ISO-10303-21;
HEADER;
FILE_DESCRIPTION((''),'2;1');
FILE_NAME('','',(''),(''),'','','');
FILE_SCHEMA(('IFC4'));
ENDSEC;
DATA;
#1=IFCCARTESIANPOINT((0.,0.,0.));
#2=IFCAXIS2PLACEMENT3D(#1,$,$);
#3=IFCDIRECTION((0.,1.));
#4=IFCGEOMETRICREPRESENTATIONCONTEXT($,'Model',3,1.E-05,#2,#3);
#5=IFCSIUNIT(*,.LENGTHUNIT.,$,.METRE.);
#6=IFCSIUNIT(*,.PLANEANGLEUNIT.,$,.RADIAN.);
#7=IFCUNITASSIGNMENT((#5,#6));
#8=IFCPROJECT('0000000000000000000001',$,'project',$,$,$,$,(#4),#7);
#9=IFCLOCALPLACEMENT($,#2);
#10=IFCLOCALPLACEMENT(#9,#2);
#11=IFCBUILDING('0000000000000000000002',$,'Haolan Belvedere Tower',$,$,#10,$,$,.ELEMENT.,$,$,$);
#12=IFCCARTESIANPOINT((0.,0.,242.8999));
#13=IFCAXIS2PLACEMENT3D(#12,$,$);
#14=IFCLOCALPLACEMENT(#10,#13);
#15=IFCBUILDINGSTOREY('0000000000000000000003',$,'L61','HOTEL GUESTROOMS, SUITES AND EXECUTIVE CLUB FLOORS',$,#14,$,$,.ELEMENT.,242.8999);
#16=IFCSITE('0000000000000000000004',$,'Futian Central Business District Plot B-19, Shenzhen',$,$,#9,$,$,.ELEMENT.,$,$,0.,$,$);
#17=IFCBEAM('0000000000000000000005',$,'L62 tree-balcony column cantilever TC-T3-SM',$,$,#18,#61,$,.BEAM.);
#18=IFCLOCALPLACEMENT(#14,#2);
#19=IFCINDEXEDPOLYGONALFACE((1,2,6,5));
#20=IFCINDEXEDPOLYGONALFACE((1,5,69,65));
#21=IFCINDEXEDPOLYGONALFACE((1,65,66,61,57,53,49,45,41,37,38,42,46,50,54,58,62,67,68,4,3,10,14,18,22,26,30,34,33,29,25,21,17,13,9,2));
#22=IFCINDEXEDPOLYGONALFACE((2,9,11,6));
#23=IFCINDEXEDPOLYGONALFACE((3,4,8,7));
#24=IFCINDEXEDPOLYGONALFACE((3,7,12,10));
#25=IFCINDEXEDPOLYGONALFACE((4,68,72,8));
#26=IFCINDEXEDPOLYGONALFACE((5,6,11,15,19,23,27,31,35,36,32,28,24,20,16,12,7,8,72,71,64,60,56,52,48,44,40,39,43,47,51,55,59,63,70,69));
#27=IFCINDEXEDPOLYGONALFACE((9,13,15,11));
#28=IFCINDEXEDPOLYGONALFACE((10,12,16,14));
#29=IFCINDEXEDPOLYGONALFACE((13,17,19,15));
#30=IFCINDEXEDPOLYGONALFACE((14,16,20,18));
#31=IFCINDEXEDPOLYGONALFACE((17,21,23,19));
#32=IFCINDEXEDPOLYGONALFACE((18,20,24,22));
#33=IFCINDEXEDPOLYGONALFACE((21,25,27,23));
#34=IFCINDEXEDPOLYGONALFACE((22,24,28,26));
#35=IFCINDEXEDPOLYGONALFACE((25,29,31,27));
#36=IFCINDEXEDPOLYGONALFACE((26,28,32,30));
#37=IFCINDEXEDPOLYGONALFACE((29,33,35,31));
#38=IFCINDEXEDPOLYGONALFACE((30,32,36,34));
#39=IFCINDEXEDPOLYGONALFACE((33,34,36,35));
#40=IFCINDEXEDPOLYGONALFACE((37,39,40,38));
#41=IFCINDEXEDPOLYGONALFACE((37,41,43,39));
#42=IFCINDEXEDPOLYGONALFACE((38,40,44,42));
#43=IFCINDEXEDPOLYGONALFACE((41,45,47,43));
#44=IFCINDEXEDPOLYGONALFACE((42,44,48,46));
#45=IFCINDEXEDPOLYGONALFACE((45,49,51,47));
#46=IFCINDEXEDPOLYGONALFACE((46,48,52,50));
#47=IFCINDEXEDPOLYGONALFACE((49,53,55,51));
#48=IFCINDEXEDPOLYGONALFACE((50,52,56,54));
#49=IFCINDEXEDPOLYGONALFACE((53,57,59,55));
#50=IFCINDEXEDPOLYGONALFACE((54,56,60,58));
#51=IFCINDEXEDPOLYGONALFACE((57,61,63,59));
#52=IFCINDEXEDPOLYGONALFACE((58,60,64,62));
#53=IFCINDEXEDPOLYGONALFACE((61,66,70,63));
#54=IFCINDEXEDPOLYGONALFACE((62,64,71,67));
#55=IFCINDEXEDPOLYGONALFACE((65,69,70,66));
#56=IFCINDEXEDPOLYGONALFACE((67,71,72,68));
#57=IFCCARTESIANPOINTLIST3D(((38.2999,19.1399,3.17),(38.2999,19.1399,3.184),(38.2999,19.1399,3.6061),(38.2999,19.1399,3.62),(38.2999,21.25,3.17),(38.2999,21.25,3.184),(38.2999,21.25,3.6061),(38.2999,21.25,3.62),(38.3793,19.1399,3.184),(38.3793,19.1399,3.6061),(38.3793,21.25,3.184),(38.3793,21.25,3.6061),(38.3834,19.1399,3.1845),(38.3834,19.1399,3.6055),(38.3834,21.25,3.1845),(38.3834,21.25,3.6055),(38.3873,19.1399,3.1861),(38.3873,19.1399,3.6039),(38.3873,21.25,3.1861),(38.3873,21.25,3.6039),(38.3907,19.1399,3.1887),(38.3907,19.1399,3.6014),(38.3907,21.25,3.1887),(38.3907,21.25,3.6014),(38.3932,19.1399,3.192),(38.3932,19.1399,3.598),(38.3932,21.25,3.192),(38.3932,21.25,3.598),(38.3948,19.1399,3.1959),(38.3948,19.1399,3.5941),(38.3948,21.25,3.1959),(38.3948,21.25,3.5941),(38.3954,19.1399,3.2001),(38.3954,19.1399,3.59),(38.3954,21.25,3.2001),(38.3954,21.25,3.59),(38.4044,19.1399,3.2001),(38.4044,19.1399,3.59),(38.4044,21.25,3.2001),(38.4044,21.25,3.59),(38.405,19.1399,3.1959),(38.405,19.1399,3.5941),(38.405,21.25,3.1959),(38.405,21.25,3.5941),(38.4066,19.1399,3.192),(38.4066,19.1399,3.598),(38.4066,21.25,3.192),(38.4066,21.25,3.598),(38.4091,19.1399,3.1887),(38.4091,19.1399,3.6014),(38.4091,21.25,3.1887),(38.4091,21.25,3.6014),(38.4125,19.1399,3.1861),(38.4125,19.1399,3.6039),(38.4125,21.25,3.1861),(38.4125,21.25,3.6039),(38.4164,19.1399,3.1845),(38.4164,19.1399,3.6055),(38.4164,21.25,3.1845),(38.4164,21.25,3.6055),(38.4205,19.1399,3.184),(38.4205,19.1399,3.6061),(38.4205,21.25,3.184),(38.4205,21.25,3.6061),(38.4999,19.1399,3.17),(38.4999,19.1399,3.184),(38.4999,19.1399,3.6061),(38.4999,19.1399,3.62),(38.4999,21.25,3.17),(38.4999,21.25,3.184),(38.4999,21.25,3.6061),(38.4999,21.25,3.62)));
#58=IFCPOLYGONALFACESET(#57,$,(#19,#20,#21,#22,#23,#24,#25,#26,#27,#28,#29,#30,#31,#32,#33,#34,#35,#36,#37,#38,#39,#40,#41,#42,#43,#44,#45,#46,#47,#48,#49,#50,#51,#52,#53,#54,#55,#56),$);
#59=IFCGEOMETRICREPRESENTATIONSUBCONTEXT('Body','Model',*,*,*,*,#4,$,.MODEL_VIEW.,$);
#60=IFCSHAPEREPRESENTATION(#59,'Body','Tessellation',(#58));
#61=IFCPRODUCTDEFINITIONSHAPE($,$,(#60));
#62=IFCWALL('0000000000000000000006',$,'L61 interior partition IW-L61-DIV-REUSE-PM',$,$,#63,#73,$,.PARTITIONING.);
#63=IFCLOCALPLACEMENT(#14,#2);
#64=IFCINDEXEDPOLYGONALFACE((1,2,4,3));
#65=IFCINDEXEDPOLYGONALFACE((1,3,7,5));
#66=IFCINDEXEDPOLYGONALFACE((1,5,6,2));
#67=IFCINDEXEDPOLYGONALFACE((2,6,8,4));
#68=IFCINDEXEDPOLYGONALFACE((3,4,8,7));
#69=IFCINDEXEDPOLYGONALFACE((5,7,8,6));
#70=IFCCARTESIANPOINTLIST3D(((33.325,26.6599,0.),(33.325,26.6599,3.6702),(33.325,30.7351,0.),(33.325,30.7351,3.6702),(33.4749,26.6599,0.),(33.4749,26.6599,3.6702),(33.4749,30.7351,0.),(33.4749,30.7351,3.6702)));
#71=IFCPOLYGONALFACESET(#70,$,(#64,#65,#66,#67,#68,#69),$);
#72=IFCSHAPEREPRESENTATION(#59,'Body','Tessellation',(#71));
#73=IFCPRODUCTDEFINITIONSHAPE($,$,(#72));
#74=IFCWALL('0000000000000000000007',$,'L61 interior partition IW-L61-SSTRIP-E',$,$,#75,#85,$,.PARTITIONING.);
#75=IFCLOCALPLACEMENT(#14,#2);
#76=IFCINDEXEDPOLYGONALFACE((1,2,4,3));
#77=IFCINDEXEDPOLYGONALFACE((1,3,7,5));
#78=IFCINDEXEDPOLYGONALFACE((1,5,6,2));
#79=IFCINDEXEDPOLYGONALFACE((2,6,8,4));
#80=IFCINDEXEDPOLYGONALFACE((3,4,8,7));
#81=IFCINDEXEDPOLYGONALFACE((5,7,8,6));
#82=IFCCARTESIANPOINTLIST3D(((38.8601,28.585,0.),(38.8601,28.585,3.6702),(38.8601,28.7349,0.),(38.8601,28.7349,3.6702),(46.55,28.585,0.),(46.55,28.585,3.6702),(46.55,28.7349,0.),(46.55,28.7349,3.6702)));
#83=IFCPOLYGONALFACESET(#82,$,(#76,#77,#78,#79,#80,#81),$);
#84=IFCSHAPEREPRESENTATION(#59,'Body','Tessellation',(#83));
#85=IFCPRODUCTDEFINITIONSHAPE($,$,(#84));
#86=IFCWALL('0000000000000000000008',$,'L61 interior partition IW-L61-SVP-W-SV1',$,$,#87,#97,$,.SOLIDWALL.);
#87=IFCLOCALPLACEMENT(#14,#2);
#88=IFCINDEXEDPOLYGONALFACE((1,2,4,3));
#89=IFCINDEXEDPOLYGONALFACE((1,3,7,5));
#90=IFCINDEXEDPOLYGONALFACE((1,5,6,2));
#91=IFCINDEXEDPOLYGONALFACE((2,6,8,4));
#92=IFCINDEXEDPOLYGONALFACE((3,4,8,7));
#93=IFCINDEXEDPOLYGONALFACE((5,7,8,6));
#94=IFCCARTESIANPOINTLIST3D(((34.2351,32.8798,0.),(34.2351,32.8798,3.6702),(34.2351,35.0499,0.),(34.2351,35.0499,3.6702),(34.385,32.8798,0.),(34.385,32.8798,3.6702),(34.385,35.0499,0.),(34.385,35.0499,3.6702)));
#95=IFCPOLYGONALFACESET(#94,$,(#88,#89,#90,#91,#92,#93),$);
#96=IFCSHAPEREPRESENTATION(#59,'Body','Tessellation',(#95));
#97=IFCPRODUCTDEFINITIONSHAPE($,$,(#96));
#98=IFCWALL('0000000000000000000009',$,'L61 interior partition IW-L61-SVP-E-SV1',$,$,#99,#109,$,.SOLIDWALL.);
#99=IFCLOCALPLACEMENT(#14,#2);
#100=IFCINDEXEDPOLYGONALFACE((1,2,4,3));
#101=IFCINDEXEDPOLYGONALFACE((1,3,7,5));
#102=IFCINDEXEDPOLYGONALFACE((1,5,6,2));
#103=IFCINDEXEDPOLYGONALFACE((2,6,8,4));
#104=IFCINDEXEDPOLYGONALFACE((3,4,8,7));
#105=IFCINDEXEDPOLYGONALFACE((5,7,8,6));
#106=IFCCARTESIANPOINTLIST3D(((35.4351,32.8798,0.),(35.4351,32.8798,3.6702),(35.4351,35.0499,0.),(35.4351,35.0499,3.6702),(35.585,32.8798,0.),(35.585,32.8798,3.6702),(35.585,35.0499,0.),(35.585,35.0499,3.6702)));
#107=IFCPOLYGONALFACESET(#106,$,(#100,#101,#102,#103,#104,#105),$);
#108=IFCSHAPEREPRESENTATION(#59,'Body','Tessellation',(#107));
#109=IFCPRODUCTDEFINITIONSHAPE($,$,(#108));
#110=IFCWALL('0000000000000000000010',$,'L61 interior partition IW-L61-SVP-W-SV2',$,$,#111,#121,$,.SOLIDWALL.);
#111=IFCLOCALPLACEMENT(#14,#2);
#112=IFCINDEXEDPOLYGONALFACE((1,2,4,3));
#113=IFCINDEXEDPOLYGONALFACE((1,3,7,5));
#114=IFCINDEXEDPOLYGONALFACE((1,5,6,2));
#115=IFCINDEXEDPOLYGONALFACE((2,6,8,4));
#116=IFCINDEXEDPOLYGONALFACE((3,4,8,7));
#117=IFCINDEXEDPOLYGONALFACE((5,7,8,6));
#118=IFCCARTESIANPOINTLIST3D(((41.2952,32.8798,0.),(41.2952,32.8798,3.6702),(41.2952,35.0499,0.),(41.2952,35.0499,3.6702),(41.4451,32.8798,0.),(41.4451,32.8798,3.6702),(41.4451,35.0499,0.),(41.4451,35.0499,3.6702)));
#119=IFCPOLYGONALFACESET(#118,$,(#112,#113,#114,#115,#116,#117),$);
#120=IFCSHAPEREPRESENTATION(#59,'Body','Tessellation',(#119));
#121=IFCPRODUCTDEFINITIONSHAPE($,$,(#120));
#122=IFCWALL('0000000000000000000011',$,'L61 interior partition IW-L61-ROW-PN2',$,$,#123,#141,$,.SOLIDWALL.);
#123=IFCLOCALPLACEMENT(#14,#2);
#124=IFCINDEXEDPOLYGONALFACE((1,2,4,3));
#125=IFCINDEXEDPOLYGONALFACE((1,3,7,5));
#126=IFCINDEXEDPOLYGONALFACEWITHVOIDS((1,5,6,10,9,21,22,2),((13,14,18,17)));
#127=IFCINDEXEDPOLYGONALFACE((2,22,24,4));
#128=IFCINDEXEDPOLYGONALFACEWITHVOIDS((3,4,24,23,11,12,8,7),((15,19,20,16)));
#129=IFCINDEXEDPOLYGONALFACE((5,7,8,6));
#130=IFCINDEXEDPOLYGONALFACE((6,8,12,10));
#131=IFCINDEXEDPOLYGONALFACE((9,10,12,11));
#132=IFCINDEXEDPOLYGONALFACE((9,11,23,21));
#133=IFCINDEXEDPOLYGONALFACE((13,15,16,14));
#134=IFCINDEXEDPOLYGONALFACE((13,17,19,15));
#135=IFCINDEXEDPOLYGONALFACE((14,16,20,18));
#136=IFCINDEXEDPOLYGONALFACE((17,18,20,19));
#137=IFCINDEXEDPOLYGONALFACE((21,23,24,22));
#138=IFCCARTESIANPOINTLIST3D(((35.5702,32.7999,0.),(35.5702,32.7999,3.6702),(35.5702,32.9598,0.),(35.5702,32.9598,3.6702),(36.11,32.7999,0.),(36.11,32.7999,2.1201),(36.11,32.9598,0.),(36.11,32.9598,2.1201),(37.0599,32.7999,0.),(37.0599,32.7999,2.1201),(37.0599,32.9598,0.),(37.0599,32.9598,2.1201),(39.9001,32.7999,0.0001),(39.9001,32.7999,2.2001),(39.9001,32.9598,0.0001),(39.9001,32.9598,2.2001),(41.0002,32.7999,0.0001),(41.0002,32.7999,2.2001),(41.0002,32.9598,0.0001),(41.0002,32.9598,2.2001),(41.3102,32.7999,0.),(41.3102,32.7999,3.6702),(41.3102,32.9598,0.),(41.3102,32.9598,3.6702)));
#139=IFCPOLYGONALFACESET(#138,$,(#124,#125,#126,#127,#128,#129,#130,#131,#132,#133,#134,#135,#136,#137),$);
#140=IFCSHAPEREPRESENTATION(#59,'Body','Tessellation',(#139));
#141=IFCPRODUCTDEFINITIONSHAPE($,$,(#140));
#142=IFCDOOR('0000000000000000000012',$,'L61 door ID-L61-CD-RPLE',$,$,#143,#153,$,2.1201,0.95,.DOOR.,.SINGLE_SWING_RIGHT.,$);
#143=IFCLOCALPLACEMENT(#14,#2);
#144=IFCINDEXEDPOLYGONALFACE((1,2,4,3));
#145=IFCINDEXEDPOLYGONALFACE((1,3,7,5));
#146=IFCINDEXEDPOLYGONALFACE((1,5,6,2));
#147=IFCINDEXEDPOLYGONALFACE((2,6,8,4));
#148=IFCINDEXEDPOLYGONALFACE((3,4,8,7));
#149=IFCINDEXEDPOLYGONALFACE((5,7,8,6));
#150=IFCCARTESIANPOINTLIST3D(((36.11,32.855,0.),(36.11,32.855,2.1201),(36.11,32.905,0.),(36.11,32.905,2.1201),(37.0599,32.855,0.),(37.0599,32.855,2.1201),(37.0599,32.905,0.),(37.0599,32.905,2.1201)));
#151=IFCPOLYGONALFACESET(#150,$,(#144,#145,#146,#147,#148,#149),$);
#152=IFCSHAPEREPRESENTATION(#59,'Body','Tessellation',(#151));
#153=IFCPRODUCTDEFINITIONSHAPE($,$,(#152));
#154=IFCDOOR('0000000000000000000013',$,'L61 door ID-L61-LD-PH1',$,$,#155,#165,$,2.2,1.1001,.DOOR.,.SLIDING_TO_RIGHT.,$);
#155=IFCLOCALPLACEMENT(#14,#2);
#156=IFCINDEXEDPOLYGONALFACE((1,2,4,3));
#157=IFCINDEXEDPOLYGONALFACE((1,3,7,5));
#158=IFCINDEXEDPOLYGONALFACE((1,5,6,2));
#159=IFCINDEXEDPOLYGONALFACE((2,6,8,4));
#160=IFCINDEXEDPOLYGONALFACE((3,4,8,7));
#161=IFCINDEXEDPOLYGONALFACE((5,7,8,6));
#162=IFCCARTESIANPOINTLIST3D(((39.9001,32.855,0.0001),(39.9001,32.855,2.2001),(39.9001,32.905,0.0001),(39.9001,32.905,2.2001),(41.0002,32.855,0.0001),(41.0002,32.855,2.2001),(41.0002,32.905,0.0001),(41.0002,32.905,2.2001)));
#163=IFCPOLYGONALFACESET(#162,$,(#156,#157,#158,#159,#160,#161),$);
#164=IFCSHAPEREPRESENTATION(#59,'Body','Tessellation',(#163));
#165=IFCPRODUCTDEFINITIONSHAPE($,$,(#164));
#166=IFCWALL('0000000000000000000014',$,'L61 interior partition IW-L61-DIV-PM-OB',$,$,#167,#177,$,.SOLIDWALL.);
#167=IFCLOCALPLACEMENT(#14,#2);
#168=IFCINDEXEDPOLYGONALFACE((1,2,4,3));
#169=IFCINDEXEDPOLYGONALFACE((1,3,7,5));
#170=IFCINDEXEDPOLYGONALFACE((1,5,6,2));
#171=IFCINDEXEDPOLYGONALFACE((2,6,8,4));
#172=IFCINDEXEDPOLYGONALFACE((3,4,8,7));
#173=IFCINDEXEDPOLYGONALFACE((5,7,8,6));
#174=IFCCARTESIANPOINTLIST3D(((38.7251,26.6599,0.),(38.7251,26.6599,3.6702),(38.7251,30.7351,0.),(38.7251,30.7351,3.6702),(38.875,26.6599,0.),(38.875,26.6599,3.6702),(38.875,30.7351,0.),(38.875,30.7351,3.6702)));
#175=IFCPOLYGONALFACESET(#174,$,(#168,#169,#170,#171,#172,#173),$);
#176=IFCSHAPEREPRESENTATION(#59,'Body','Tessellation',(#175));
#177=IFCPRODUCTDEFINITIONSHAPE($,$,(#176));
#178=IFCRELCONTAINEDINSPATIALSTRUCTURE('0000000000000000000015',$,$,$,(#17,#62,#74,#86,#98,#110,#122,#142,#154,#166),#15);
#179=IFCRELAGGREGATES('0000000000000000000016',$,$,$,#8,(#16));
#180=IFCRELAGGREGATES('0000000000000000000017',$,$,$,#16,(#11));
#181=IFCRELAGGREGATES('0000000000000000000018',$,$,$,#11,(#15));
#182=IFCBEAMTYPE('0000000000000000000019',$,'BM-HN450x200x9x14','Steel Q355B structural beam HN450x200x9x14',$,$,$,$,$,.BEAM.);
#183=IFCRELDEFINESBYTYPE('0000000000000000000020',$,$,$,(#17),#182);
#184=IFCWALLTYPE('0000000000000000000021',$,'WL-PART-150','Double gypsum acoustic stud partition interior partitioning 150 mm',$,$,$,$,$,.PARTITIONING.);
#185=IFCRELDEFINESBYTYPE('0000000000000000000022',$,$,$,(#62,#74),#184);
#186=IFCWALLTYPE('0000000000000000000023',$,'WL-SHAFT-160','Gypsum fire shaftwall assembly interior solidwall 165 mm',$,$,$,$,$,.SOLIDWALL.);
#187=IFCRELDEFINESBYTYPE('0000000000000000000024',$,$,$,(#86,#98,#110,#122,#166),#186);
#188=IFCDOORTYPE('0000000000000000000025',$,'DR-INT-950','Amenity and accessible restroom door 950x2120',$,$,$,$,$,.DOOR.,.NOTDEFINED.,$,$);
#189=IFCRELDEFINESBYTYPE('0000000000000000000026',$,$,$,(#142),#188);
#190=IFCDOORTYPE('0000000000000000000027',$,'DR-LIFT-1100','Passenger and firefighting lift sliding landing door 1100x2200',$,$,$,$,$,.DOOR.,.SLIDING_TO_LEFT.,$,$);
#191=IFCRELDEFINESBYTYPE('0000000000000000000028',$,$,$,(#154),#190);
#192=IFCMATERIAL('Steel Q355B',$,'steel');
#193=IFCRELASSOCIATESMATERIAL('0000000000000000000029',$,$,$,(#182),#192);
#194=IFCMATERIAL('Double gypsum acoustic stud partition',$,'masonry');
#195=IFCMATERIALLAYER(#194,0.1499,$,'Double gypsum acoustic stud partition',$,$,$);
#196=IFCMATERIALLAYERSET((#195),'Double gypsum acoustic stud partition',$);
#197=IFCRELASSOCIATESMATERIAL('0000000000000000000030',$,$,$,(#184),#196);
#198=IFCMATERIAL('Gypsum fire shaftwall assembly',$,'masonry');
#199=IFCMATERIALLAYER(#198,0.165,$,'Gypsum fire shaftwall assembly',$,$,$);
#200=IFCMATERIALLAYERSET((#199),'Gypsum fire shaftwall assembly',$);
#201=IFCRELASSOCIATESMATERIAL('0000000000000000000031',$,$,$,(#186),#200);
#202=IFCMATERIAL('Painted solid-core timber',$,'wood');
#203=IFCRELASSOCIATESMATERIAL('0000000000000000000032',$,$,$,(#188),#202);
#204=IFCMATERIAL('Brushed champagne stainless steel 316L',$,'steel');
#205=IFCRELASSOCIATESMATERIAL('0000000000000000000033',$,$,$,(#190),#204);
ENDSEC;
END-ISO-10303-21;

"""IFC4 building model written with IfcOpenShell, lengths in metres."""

from ifc_helpers import new_model, si_unit, direction, frame, frame_2d, origin, origin_2d, place, context, subcontext, project, spatial, rectangle, i_section, extrude, material, layer, layer_set, material_profile, profile_set, type_object, element, fill, save


model = new_model("IFC4")

# Units and contexts
model_context = context("Model", 3, precision=1e-05, world=origin(), true_north=direction((0.0, 1.0)))
body_context = subcontext(model_context, "Body", "Model", "MODEL_VIEW")
ifc_project = project(units=[si_unit("LENGTHUNIT", "METRE"), si_unit("PLANEANGLEUNIT", "RADIAN")], contexts=[model_context])

# Site, building, storey
site_placement = place(None, origin())
site = spatial("IfcSite", under=ifc_project, at=site_placement, Name="Futian Central Business District Plot B-19, Shenzhen", CompositionType="ELEMENT", RefElevation=0.0)
building_placement = place(site_placement, origin())
building = spatial("IfcBuilding", under=site, at=building_placement, Name="Haolan Belvedere Tower", CompositionType="ELEMENT")
storey_placement = place(building_placement, frame((0.0, 0.0, 242.8999)))
storey = spatial("IfcBuildingStorey", under=building, at=storey_placement, Name="L61", Description="HOTEL GUESTROOMS, SUITES AND EXECUTIVE CLUB FLOORS", CompositionType="ELEMENT", Elevation=242.8999)

# Beam
ifc_material_1 = material(Name="Steel Q355B", Category="steel")
ifc_material_profile_1 = material_profile(ifc_material_1, i_section(OverallWidth=0.2, OverallDepth=0.45, WebThickness=0.009, FlangeThickness=0.0139, FilletRadius=0.0161, at=origin_2d()), Name="Steel Q355B")
ifc_profile_set_1 = profile_set([ifc_material_profile_1], Name="Steel Q355B")
beam_type_1 = type_object("IfcBeamType", Name="BM-HN450x200x9x14", Description="Steel Q355B structural beam HN450x200x9x14", PredefinedType="BEAM", material=ifc_profile_set_1)
beam_1_placement = place(storey_placement, frame((38.3999, 21.25, 3.395), z_axis=(0.0, -1.0, 0.0), x_axis=(1.0, 0.0, 0.0)))
element("IfcBeam", 1, at=beam_1_placement, inside=storey, type_object=beam_type_1, Name="L62 tree-balcony column cantilever TC-T3-SM", PredefinedType="BEAM", context=body_context, shape_type="SweptSolid", body=[
    extrude(i_section(OverallWidth=0.2, OverallDepth=0.45, WebThickness=0.009, FlangeThickness=0.0139, FilletRadius=0.0161, at=origin_2d()), origin(), (0.0, 0.0, 1.0), 2.1101),
])

# Walls
ifc_material_2 = material(Name="Double gypsum acoustic stud partition", Category="masonry")
ifc_layer_1 = layer(ifc_material_2, 0.1499, Name="Double gypsum acoustic stud partition")
ifc_layer_set_1 = layer_set([ifc_layer_1], Name="Double gypsum acoustic stud partition")
wall_type_1 = type_object("IfcWallType", Name="WL-PART-150", Description="Double gypsum acoustic stud partition interior partitioning 150 mm", PredefinedType="PARTITIONING", material=ifc_layer_set_1)
wall_1_placement = place(storey_placement, frame((33.3999, 26.6599, 0.0), z_axis=(0.0, 0.0, 1.0), x_axis=(0.0, 1.0, 0.0)))
element("IfcWall", 2, at=wall_1_placement, inside=storey, type_object=wall_type_1, Name="L61 interior partition IW-L61-DIV-REUSE-PM", PredefinedType="PARTITIONING", context=body_context, shape_type="SweptSolid", body=[
    extrude(rectangle(XDim=4.0752, YDim=0.1499, at=frame_2d((2.0376, 0.0))), origin(), (0.0, 0.0, 1.0), 3.6702),
])
wall_2_placement = place(storey_placement, frame((38.8601, 28.6599, 0.0), z_axis=(0.0, 0.0, 1.0), x_axis=(1.0, 0.0, 0.0)))
element("IfcWall", 3, at=wall_2_placement, inside=storey, type_object=wall_type_1, Name="L61 interior partition IW-L61-SSTRIP-E", PredefinedType="PARTITIONING", context=body_context, shape_type="SweptSolid", body=[
    extrude(rectangle(XDim=7.6899, YDim=0.1499, at=frame_2d((3.845, 0.0))), origin(), (0.0, 0.0, 1.0), 3.6702),
])
ifc_material_3 = material(Name="Gypsum fire shaftwall assembly", Category="masonry")
ifc_layer_2 = layer(ifc_material_3, 0.165, Name="Gypsum fire shaftwall assembly")
ifc_layer_set_2 = layer_set([ifc_layer_2], Name="Gypsum fire shaftwall assembly")
wall_type_2 = type_object("IfcWallType", Name="WL-SHAFT-160", Description="Gypsum fire shaftwall assembly interior solidwall 165 mm", PredefinedType="SOLIDWALL", material=ifc_layer_set_2)
for number, where, z_axis, x_axis, name in (
    (4, (34.3101, 32.8799, 0.0), (0.0, 0.0, 1.0), (0.0, 1.0, 0.0), "L61 interior partition IW-L61-SVP-W-SV1"),
    (5, (35.51, 32.8799, 0.0), (0.0, 0.0, 1.0), (0.0, 1.0, 0.0), "L61 interior partition IW-L61-SVP-E-SV1"),
    (6, (41.3701, 32.8799, 0.0), (0.0, 0.0, 1.0), (0.0, 1.0, 0.0), "L61 interior partition IW-L61-SVP-W-SV2"),
):
    element("IfcWall", number, at=place(storey_placement, frame(where, z_axis=z_axis, x_axis=x_axis)), inside=storey, type_object=wall_type_2, Name=name, PredefinedType="SOLIDWALL", context=body_context, shape_type="SweptSolid", body=[
        extrude(rectangle(XDim=2.1702, YDim=0.1499, at=frame_2d((1.085, 0.0))), origin(), (0.0, 0.0, 1.0), 3.6702),
    ])

# Wall, openings, doors
wall_3_placement = place(storey_placement, frame((35.5701, 32.8799, 0.0), z_axis=(0.0, 0.0, 1.0), x_axis=(1.0, 0.0, 0.0)))
wall_3 = element("IfcWall", 7, at=wall_3_placement, inside=storey, type_object=wall_type_2, Name="L61 interior partition IW-L61-ROW-PN2", PredefinedType="SOLIDWALL", context=body_context, shape_type="SweptSolid", body=[
    extrude(rectangle(XDim=5.74, YDim=0.1599, at=frame_2d((2.8701, 0.0))), origin(), (0.0, 0.0, 1.0), 3.6702),
])
opening_1_placement = place(wall_3_placement, frame((1.49, 0.0, 0.0), z_axis=(0.0, 0.0, 1.0), x_axis=(-1.0, 0.0, 0.0)))
opening_1 = element("IfcOpeningElement", 8, at=opening_1_placement, cuts=wall_3, PredefinedType="OPENING", context=body_context, shape_type="SweptSolid", body=[
    extrude(rectangle(XDim=0.95, YDim=2.1201, at=frame_2d((0.4751, 1.0601))), frame((0.0, 0.0898, 0.0), z_axis=(0.0, -1.0, 0.0), x_axis=(1.0, 0.0, 0.0)), (0.0, 0.0, 1.0), 0.1799),
])
opening_2_placement = place(wall_3_placement, frame((5.4302, 0.0, 0.0), z_axis=(0.0, 0.0, 1.0), x_axis=(-1.0, 0.0, 0.0)))
opening_2 = element("IfcOpeningElement", 9, at=opening_2_placement, cuts=wall_3, PredefinedType="OPENING", context=body_context, shape_type="SweptSolid", body=[
    extrude(rectangle(XDim=1.1001, YDim=2.2, at=frame_2d((0.55, 1.1001))), frame((0.0, 0.0898, 0.0), z_axis=(0.0, -1.0, 0.0), x_axis=(1.0, 0.0, 0.0)), (0.0, 0.0, 1.0), 0.1799),
])
ifc_material_4 = material(Name="Painted solid-core timber", Category="wood")
door_type_1 = type_object("IfcDoorType", Name="DR-INT-950", Description="Amenity and accessible restroom door 950x2120", OperationType="NOTDEFINED", PredefinedType="DOOR", material=ifc_material_4)
door_1_placement = place(opening_1_placement, origin())
door_1 = element("IfcDoor", 10, at=door_1_placement, inside=storey, type_object=door_type_1, Name="L61 door ID-L61-CD-RPLE", OperationType="SINGLE_SWING_RIGHT", OverallHeight=2.1201, OverallWidth=0.95, PredefinedType="DOOR", context=body_context, shape_type="SweptSolid", body=[
    extrude(rectangle(XDim=0.95, YDim=2.1201, at=frame_2d((0.4751, 1.0601))), frame((0.0, 0.0249, 0.0), z_axis=(0.0, -1.0, 0.0), x_axis=(1.0, 0.0, 0.0)), (0.0, 0.0, 1.0), 0.05),
])
fill(opening_1, door_1)
ifc_material_5 = material(Name="Brushed champagne stainless steel 316L", Category="steel")
door_type_2 = type_object("IfcDoorType", Name="DR-LIFT-1100", Description="Passenger and firefighting lift sliding landing door 1100x2200", OperationType="SLIDING_TO_LEFT", PredefinedType="DOOR", material=ifc_material_5)
door_2_placement = place(opening_2_placement, origin())
door_2 = element("IfcDoor", 11, at=door_2_placement, inside=storey, type_object=door_type_2, Name="L61 door ID-L61-LD-PH1", OperationType="SLIDING_TO_RIGHT", OverallHeight=2.2, OverallWidth=1.1001, PredefinedType="DOOR", context=body_context, shape_type="SweptSolid", body=[
    extrude(rectangle(XDim=1.1001, YDim=2.2, at=frame_2d((0.55, 1.1001))), frame((0.0, 0.0249, 0.0), z_axis=(0.0, -1.0, 0.0), x_axis=(1.0, 0.0, 0.0)), (0.0, 0.0, 1.0), 0.05),
])
fill(opening_2, door_2)

# Wall
wall_4_placement = place(storey_placement, frame((38.8, 26.6599, 0.0), z_axis=(0.0, 0.0, 1.0), x_axis=(0.0, 1.0, 0.0)))
element("IfcWall", 12, at=wall_4_placement, inside=storey, type_object=wall_type_2, Name="L61 interior partition IW-L61-DIV-PM-OB", PredefinedType="SOLIDWALL", context=body_context, shape_type="SweptSolid", body=[
    extrude(rectangle(XDim=4.0752, YDim=0.1499, at=frame_2d((2.0376, 0.0))), origin(), (0.0, 0.0, 1.0), 3.6702),
])

save(model, "model.ifc")
